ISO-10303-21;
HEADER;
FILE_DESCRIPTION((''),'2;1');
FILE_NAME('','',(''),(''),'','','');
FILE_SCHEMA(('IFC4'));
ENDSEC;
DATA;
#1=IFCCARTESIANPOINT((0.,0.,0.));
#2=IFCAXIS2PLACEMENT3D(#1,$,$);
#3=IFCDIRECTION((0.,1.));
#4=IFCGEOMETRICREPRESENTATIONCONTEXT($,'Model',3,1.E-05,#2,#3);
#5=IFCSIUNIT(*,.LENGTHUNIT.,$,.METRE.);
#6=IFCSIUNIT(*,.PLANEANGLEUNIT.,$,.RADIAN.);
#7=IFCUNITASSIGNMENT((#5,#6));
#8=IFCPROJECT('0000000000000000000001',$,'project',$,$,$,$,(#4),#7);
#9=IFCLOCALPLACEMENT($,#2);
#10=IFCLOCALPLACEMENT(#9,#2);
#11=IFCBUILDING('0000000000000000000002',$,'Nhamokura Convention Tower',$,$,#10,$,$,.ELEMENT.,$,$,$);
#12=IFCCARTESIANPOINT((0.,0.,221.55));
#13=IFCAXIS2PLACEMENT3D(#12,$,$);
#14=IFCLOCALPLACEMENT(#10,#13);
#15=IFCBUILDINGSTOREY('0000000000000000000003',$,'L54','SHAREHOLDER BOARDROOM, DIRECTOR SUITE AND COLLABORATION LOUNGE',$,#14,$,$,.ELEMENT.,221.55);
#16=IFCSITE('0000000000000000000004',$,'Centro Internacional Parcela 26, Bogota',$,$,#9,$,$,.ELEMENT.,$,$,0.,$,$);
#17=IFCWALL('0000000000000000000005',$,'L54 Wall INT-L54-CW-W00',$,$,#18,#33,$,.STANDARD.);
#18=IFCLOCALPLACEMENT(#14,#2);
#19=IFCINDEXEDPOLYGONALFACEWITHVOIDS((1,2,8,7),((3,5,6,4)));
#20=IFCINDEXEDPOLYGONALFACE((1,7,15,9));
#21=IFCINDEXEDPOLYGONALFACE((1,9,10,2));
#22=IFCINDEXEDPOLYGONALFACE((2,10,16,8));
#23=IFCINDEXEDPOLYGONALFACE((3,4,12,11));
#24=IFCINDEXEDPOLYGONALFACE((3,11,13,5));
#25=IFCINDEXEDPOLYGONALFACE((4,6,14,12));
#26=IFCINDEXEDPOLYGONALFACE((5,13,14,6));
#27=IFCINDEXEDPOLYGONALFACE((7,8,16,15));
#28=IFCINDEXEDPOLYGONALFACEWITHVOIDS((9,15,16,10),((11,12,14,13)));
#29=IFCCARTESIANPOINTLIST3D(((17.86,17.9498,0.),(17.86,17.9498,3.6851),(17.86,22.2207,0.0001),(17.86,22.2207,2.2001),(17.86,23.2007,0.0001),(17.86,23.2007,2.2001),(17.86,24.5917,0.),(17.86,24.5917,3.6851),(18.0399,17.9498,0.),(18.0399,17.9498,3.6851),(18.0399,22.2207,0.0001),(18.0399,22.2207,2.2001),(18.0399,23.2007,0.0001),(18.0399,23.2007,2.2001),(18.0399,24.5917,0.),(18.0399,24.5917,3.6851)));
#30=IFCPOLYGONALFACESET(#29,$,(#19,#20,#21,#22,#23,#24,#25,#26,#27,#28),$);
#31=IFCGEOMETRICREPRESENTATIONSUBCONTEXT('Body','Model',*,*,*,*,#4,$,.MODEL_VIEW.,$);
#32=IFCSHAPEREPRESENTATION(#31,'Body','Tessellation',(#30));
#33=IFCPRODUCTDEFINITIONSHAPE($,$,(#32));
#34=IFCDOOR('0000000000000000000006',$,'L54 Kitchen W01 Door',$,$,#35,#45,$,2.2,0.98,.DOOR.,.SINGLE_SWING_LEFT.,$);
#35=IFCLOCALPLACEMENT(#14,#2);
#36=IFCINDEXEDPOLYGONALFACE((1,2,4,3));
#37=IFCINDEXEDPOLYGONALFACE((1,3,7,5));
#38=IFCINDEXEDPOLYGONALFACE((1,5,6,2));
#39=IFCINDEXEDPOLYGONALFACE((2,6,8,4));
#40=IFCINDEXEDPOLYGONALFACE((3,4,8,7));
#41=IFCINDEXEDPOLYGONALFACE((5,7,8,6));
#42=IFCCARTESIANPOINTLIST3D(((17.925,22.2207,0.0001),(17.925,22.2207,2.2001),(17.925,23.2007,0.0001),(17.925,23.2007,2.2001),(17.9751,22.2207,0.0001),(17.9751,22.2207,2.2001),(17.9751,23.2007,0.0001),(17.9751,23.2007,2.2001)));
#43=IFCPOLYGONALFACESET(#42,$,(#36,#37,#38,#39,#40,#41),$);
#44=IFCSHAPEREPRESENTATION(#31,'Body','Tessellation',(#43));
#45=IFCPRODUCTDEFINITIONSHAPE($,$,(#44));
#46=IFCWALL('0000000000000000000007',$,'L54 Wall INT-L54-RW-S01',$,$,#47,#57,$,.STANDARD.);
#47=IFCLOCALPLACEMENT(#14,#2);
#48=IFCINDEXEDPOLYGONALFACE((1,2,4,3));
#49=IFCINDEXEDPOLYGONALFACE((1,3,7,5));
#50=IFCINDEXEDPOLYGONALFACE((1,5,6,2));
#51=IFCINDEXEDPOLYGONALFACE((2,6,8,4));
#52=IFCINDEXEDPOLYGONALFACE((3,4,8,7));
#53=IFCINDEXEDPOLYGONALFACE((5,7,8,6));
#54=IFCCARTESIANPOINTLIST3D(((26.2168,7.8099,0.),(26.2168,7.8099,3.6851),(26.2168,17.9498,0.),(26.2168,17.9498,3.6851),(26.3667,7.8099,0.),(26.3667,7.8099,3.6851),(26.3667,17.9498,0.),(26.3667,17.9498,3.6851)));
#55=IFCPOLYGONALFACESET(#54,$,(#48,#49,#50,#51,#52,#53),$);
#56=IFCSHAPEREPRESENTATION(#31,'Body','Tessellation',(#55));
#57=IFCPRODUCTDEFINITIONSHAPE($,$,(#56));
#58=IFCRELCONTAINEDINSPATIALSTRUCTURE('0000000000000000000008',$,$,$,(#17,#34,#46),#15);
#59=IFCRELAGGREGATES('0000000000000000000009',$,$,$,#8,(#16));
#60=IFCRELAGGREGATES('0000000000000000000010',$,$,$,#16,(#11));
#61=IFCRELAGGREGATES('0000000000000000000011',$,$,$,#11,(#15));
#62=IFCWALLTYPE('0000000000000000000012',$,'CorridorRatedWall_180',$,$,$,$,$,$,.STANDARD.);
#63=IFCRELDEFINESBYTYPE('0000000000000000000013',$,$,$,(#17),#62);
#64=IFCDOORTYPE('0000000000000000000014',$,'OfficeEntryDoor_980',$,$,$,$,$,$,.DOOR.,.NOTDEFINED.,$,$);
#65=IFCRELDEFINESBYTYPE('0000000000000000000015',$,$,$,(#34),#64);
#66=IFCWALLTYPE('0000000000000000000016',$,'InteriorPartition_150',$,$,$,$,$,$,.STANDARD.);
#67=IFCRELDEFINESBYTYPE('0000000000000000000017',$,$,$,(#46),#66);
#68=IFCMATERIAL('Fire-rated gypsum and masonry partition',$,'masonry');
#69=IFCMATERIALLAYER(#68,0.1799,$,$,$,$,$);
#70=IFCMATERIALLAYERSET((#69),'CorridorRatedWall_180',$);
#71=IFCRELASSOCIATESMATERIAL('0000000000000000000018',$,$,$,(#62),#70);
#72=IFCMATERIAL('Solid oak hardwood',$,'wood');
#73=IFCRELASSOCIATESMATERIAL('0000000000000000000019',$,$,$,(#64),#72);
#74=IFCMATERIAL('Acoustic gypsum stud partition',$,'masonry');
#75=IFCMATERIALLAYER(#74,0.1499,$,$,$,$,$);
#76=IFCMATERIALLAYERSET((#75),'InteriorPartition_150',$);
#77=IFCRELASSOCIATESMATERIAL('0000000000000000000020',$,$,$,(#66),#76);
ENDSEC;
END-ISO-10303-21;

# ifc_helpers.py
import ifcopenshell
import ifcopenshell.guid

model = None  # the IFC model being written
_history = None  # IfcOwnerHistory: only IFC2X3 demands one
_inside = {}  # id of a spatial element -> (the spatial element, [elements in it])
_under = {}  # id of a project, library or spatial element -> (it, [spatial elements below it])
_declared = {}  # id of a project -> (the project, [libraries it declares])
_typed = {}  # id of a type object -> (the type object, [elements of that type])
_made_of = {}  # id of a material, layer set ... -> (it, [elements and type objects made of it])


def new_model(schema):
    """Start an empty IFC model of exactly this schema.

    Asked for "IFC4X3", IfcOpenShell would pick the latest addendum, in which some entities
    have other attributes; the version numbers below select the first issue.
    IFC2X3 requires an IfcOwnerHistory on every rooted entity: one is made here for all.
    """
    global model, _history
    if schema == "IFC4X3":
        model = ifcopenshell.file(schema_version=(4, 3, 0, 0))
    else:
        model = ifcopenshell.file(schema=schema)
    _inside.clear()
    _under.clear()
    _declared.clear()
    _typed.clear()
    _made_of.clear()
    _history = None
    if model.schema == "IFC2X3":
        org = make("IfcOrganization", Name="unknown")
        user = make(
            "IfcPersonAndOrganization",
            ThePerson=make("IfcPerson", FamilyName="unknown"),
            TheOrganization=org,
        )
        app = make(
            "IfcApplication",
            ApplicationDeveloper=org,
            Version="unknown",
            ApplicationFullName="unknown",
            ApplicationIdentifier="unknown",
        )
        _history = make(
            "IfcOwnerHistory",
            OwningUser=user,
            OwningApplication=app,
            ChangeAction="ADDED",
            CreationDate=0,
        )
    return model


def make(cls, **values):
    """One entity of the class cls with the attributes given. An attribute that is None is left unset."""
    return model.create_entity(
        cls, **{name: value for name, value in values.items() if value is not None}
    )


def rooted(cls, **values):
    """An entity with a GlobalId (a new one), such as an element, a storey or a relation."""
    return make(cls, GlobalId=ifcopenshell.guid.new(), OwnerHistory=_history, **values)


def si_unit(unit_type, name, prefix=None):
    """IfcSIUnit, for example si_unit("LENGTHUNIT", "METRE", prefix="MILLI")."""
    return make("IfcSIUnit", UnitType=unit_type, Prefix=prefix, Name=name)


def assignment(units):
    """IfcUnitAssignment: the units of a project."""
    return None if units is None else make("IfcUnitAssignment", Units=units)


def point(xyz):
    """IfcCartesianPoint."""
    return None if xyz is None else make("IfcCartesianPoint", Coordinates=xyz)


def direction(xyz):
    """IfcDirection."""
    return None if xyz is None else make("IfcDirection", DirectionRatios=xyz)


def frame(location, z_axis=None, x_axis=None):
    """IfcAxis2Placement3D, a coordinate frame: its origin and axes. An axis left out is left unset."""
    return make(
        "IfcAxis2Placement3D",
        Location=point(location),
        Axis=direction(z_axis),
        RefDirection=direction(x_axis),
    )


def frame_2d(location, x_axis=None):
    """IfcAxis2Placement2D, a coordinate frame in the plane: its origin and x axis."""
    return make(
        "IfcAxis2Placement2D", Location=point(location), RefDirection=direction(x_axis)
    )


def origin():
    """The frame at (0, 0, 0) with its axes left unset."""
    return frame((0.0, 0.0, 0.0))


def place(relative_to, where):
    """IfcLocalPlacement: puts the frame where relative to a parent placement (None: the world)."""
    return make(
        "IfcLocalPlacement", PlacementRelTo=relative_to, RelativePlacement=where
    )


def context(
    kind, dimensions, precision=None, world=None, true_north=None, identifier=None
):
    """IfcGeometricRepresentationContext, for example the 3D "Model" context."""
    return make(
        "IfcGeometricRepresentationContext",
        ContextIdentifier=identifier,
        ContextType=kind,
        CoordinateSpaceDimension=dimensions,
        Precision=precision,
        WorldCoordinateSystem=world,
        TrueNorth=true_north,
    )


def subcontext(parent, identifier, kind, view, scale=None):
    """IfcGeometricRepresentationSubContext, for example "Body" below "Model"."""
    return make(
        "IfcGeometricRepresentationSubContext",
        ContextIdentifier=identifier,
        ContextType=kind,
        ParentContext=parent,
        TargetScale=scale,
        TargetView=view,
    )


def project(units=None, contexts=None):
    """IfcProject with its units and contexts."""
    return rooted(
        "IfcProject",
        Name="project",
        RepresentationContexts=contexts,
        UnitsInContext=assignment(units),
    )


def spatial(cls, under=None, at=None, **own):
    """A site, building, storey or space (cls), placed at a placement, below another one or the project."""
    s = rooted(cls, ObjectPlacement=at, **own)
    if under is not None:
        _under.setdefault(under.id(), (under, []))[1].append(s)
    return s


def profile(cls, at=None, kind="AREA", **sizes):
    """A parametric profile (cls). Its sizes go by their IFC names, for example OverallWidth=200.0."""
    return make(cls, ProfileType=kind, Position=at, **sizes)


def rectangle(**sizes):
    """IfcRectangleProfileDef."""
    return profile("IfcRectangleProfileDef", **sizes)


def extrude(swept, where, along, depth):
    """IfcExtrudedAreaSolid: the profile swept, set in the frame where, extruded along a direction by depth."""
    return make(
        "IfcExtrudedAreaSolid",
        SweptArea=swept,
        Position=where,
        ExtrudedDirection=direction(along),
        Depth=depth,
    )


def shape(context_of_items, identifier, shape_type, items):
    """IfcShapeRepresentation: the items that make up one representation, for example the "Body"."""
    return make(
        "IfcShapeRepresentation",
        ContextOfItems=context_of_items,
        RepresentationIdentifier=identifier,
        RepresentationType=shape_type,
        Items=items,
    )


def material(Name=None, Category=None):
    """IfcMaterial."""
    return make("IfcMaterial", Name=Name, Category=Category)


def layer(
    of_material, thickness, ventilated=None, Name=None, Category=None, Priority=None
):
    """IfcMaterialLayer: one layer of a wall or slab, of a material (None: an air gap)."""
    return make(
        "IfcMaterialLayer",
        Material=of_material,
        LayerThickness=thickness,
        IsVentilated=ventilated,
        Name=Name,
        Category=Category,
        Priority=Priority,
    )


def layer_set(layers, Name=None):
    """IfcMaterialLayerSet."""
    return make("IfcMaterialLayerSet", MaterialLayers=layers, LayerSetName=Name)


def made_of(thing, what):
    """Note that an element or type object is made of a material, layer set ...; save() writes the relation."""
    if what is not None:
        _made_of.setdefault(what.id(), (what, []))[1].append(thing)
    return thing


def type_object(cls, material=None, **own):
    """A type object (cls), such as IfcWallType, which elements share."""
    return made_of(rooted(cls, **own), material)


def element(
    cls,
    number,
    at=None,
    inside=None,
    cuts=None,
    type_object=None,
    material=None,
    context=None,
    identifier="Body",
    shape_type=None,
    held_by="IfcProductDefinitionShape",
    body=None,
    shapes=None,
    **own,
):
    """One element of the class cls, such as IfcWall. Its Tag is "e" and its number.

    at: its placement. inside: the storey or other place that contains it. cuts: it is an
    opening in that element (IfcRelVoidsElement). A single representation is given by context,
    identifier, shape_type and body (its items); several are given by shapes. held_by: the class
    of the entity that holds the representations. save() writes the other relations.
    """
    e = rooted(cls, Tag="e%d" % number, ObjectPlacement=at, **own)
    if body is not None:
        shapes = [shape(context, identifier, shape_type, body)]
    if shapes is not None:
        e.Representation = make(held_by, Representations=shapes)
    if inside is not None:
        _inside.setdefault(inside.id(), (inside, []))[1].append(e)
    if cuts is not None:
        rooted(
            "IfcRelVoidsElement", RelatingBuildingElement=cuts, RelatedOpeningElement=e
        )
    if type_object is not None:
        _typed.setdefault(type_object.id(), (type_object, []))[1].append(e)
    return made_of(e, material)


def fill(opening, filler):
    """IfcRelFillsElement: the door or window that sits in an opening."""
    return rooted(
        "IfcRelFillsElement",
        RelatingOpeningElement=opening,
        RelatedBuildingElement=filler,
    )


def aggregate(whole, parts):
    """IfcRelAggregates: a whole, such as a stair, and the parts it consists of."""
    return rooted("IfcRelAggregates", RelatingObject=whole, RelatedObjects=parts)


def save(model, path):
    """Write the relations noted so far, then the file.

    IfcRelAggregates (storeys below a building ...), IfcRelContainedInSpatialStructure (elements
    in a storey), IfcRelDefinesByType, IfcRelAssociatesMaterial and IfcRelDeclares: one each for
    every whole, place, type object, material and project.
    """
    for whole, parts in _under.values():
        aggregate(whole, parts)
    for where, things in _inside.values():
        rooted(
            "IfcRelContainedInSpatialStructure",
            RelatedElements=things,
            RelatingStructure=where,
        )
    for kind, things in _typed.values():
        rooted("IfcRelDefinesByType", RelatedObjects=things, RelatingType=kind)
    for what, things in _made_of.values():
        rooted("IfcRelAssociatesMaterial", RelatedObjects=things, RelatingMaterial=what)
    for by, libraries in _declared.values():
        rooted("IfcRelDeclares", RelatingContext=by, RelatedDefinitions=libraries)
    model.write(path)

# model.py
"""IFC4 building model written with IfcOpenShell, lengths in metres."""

from ifc_helpers import new_model, si_unit, direction, frame, frame_2d, origin, place, context, subcontext, project, spatial, rectangle, extrude, material, layer, layer_set, type_object, element, fill, save


model = new_model("IFC4")

# Units and contexts
model_context = context("Model", 3, precision=1e-05, world=origin(), true_north=direction((0.0, 1.0)))
body_context = subcontext(model_context, "Body", "Model", "MODEL_VIEW")
ifc_project = project(units=[si_unit("LENGTHUNIT", "METRE"), si_unit("PLANEANGLEUNIT", "RADIAN")], contexts=[model_context])

# Site, building, storey
site_placement = place(None, origin())
site = spatial("IfcSite", under=ifc_project, at=site_placement, Name="Centro Internacional Parcela 26, Bogota", CompositionType="ELEMENT", RefElevation=0.0)
building_placement = place(site_placement, origin())
building = spatial("IfcBuilding", under=site, at=building_placement, Name="Nhamokura Convention Tower", CompositionType="ELEMENT")
storey_placement = place(building_placement, frame((0.0, 0.0, 221.55)))
storey = spatial("IfcBuildingStorey", under=building, at=storey_placement, Name="L54", Description="SHAREHOLDER BOARDROOM, DIRECTOR SUITE AND COLLABORATION LOUNGE", CompositionType="ELEMENT", Elevation=221.55)

# Wall, opening, door
ifc_material_1 = material(Name="Fire-rated gypsum and masonry partition", Category="masonry")
ifc_layer_1 = layer(ifc_material_1, 0.1799)
ifc_layer_set_1 = layer_set([ifc_layer_1], Name="CorridorRatedWall_180")
wall_type_1 = type_object("IfcWallType", Name="CorridorRatedWall_180", PredefinedType="STANDARD", material=ifc_layer_set_1)
ifc_material_2 = material(Name="Solid oak hardwood", Category="wood")
door_type = type_object("IfcDoorType", Name="OfficeEntryDoor_980", OperationType="NOTDEFINED", PredefinedType="DOOR", material=ifc_material_2)
wall_1_placement = place(storey_placement, frame((17.95, 17.95, 0.0), z_axis=(0.0, 0.0, 1.0), x_axis=(0.0, 1.0, 0.0)))
wall_1 = element("IfcWall", 1, at=wall_1_placement, inside=storey, type_object=wall_type_1, Name="L54 Wall INT-L54-CW-W00", PredefinedType="STANDARD", context=body_context, shape_type="SweptSolid", body=[
    extrude(rectangle(XDim=6.6418, YDim=0.1799, at=frame_2d((3.3208, 0.0))), origin(), (0.0, 0.0, 1.0), 3.6851),
])
opening_1_placement = place(wall_1_placement, frame((4.2708, 0.0, 0.0)))
opening_1 = element("IfcOpeningElement", 2, at=opening_1_placement, cuts=wall_1, PredefinedType="OPENING", context=body_context, shape_type="SweptSolid", body=[
    extrude(rectangle(XDim=0.98, YDim=2.2, at=frame_2d((0.49, 1.1001))), frame((0.0, 0.0999, 0.0), z_axis=(0.0, -1.0, 0.0), x_axis=(1.0, 0.0, 0.0)), (0.0, 0.0, 1.0), 0.2),
])
door_1_placement = place(opening_1_placement, origin())
door_1 = element("IfcDoor", 3, at=door_1_placement, inside=storey, type_object=door_type, Name="L54 Kitchen W01 Door", OperationType="SINGLE_SWING_LEFT", OverallHeight=2.2, OverallWidth=0.98, PredefinedType="DOOR", context=body_context, shape_type="SweptSolid", body=[
    extrude(rectangle(XDim=0.98, YDim=2.2, at=frame_2d((0.49, 1.1001))), frame((0.0, 0.0249, 0.0), z_axis=(0.0, -1.0, 0.0), x_axis=(1.0, 0.0, 0.0)), (0.0, 0.0, 1.0), 0.05),
])
fill(opening_1, door_1)

# Wall
ifc_material_3 = material(Name="Acoustic gypsum stud partition", Category="masonry")
ifc_layer_2 = layer(ifc_material_3, 0.1499)
ifc_layer_set_2 = layer_set([ifc_layer_2], Name="InteriorPartition_150")
wall_type_2 = type_object("IfcWallType", Name="InteriorPartition_150", PredefinedType="STANDARD", material=ifc_layer_set_2)
wall_2_placement = place(storey_placement, frame((26.2917, 7.8101, 0.0), z_axis=(0.0, 0.0, 1.0), x_axis=(0.0, 1.0, 0.0)))
element("IfcWall", 4, at=wall_2_placement, inside=storey, type_object=wall_type_2, Name="L54 Wall INT-L54-RW-S01", PredefinedType="STANDARD", context=body_context, shape_type="SweptSolid", body=[
    extrude(rectangle(XDim=10.1399, YDim=0.1499, at=frame_2d((5.0698, 0.0))), origin(), (0.0, 0.0, 1.0), 3.6851),
])

save(model, "model.ifc")
